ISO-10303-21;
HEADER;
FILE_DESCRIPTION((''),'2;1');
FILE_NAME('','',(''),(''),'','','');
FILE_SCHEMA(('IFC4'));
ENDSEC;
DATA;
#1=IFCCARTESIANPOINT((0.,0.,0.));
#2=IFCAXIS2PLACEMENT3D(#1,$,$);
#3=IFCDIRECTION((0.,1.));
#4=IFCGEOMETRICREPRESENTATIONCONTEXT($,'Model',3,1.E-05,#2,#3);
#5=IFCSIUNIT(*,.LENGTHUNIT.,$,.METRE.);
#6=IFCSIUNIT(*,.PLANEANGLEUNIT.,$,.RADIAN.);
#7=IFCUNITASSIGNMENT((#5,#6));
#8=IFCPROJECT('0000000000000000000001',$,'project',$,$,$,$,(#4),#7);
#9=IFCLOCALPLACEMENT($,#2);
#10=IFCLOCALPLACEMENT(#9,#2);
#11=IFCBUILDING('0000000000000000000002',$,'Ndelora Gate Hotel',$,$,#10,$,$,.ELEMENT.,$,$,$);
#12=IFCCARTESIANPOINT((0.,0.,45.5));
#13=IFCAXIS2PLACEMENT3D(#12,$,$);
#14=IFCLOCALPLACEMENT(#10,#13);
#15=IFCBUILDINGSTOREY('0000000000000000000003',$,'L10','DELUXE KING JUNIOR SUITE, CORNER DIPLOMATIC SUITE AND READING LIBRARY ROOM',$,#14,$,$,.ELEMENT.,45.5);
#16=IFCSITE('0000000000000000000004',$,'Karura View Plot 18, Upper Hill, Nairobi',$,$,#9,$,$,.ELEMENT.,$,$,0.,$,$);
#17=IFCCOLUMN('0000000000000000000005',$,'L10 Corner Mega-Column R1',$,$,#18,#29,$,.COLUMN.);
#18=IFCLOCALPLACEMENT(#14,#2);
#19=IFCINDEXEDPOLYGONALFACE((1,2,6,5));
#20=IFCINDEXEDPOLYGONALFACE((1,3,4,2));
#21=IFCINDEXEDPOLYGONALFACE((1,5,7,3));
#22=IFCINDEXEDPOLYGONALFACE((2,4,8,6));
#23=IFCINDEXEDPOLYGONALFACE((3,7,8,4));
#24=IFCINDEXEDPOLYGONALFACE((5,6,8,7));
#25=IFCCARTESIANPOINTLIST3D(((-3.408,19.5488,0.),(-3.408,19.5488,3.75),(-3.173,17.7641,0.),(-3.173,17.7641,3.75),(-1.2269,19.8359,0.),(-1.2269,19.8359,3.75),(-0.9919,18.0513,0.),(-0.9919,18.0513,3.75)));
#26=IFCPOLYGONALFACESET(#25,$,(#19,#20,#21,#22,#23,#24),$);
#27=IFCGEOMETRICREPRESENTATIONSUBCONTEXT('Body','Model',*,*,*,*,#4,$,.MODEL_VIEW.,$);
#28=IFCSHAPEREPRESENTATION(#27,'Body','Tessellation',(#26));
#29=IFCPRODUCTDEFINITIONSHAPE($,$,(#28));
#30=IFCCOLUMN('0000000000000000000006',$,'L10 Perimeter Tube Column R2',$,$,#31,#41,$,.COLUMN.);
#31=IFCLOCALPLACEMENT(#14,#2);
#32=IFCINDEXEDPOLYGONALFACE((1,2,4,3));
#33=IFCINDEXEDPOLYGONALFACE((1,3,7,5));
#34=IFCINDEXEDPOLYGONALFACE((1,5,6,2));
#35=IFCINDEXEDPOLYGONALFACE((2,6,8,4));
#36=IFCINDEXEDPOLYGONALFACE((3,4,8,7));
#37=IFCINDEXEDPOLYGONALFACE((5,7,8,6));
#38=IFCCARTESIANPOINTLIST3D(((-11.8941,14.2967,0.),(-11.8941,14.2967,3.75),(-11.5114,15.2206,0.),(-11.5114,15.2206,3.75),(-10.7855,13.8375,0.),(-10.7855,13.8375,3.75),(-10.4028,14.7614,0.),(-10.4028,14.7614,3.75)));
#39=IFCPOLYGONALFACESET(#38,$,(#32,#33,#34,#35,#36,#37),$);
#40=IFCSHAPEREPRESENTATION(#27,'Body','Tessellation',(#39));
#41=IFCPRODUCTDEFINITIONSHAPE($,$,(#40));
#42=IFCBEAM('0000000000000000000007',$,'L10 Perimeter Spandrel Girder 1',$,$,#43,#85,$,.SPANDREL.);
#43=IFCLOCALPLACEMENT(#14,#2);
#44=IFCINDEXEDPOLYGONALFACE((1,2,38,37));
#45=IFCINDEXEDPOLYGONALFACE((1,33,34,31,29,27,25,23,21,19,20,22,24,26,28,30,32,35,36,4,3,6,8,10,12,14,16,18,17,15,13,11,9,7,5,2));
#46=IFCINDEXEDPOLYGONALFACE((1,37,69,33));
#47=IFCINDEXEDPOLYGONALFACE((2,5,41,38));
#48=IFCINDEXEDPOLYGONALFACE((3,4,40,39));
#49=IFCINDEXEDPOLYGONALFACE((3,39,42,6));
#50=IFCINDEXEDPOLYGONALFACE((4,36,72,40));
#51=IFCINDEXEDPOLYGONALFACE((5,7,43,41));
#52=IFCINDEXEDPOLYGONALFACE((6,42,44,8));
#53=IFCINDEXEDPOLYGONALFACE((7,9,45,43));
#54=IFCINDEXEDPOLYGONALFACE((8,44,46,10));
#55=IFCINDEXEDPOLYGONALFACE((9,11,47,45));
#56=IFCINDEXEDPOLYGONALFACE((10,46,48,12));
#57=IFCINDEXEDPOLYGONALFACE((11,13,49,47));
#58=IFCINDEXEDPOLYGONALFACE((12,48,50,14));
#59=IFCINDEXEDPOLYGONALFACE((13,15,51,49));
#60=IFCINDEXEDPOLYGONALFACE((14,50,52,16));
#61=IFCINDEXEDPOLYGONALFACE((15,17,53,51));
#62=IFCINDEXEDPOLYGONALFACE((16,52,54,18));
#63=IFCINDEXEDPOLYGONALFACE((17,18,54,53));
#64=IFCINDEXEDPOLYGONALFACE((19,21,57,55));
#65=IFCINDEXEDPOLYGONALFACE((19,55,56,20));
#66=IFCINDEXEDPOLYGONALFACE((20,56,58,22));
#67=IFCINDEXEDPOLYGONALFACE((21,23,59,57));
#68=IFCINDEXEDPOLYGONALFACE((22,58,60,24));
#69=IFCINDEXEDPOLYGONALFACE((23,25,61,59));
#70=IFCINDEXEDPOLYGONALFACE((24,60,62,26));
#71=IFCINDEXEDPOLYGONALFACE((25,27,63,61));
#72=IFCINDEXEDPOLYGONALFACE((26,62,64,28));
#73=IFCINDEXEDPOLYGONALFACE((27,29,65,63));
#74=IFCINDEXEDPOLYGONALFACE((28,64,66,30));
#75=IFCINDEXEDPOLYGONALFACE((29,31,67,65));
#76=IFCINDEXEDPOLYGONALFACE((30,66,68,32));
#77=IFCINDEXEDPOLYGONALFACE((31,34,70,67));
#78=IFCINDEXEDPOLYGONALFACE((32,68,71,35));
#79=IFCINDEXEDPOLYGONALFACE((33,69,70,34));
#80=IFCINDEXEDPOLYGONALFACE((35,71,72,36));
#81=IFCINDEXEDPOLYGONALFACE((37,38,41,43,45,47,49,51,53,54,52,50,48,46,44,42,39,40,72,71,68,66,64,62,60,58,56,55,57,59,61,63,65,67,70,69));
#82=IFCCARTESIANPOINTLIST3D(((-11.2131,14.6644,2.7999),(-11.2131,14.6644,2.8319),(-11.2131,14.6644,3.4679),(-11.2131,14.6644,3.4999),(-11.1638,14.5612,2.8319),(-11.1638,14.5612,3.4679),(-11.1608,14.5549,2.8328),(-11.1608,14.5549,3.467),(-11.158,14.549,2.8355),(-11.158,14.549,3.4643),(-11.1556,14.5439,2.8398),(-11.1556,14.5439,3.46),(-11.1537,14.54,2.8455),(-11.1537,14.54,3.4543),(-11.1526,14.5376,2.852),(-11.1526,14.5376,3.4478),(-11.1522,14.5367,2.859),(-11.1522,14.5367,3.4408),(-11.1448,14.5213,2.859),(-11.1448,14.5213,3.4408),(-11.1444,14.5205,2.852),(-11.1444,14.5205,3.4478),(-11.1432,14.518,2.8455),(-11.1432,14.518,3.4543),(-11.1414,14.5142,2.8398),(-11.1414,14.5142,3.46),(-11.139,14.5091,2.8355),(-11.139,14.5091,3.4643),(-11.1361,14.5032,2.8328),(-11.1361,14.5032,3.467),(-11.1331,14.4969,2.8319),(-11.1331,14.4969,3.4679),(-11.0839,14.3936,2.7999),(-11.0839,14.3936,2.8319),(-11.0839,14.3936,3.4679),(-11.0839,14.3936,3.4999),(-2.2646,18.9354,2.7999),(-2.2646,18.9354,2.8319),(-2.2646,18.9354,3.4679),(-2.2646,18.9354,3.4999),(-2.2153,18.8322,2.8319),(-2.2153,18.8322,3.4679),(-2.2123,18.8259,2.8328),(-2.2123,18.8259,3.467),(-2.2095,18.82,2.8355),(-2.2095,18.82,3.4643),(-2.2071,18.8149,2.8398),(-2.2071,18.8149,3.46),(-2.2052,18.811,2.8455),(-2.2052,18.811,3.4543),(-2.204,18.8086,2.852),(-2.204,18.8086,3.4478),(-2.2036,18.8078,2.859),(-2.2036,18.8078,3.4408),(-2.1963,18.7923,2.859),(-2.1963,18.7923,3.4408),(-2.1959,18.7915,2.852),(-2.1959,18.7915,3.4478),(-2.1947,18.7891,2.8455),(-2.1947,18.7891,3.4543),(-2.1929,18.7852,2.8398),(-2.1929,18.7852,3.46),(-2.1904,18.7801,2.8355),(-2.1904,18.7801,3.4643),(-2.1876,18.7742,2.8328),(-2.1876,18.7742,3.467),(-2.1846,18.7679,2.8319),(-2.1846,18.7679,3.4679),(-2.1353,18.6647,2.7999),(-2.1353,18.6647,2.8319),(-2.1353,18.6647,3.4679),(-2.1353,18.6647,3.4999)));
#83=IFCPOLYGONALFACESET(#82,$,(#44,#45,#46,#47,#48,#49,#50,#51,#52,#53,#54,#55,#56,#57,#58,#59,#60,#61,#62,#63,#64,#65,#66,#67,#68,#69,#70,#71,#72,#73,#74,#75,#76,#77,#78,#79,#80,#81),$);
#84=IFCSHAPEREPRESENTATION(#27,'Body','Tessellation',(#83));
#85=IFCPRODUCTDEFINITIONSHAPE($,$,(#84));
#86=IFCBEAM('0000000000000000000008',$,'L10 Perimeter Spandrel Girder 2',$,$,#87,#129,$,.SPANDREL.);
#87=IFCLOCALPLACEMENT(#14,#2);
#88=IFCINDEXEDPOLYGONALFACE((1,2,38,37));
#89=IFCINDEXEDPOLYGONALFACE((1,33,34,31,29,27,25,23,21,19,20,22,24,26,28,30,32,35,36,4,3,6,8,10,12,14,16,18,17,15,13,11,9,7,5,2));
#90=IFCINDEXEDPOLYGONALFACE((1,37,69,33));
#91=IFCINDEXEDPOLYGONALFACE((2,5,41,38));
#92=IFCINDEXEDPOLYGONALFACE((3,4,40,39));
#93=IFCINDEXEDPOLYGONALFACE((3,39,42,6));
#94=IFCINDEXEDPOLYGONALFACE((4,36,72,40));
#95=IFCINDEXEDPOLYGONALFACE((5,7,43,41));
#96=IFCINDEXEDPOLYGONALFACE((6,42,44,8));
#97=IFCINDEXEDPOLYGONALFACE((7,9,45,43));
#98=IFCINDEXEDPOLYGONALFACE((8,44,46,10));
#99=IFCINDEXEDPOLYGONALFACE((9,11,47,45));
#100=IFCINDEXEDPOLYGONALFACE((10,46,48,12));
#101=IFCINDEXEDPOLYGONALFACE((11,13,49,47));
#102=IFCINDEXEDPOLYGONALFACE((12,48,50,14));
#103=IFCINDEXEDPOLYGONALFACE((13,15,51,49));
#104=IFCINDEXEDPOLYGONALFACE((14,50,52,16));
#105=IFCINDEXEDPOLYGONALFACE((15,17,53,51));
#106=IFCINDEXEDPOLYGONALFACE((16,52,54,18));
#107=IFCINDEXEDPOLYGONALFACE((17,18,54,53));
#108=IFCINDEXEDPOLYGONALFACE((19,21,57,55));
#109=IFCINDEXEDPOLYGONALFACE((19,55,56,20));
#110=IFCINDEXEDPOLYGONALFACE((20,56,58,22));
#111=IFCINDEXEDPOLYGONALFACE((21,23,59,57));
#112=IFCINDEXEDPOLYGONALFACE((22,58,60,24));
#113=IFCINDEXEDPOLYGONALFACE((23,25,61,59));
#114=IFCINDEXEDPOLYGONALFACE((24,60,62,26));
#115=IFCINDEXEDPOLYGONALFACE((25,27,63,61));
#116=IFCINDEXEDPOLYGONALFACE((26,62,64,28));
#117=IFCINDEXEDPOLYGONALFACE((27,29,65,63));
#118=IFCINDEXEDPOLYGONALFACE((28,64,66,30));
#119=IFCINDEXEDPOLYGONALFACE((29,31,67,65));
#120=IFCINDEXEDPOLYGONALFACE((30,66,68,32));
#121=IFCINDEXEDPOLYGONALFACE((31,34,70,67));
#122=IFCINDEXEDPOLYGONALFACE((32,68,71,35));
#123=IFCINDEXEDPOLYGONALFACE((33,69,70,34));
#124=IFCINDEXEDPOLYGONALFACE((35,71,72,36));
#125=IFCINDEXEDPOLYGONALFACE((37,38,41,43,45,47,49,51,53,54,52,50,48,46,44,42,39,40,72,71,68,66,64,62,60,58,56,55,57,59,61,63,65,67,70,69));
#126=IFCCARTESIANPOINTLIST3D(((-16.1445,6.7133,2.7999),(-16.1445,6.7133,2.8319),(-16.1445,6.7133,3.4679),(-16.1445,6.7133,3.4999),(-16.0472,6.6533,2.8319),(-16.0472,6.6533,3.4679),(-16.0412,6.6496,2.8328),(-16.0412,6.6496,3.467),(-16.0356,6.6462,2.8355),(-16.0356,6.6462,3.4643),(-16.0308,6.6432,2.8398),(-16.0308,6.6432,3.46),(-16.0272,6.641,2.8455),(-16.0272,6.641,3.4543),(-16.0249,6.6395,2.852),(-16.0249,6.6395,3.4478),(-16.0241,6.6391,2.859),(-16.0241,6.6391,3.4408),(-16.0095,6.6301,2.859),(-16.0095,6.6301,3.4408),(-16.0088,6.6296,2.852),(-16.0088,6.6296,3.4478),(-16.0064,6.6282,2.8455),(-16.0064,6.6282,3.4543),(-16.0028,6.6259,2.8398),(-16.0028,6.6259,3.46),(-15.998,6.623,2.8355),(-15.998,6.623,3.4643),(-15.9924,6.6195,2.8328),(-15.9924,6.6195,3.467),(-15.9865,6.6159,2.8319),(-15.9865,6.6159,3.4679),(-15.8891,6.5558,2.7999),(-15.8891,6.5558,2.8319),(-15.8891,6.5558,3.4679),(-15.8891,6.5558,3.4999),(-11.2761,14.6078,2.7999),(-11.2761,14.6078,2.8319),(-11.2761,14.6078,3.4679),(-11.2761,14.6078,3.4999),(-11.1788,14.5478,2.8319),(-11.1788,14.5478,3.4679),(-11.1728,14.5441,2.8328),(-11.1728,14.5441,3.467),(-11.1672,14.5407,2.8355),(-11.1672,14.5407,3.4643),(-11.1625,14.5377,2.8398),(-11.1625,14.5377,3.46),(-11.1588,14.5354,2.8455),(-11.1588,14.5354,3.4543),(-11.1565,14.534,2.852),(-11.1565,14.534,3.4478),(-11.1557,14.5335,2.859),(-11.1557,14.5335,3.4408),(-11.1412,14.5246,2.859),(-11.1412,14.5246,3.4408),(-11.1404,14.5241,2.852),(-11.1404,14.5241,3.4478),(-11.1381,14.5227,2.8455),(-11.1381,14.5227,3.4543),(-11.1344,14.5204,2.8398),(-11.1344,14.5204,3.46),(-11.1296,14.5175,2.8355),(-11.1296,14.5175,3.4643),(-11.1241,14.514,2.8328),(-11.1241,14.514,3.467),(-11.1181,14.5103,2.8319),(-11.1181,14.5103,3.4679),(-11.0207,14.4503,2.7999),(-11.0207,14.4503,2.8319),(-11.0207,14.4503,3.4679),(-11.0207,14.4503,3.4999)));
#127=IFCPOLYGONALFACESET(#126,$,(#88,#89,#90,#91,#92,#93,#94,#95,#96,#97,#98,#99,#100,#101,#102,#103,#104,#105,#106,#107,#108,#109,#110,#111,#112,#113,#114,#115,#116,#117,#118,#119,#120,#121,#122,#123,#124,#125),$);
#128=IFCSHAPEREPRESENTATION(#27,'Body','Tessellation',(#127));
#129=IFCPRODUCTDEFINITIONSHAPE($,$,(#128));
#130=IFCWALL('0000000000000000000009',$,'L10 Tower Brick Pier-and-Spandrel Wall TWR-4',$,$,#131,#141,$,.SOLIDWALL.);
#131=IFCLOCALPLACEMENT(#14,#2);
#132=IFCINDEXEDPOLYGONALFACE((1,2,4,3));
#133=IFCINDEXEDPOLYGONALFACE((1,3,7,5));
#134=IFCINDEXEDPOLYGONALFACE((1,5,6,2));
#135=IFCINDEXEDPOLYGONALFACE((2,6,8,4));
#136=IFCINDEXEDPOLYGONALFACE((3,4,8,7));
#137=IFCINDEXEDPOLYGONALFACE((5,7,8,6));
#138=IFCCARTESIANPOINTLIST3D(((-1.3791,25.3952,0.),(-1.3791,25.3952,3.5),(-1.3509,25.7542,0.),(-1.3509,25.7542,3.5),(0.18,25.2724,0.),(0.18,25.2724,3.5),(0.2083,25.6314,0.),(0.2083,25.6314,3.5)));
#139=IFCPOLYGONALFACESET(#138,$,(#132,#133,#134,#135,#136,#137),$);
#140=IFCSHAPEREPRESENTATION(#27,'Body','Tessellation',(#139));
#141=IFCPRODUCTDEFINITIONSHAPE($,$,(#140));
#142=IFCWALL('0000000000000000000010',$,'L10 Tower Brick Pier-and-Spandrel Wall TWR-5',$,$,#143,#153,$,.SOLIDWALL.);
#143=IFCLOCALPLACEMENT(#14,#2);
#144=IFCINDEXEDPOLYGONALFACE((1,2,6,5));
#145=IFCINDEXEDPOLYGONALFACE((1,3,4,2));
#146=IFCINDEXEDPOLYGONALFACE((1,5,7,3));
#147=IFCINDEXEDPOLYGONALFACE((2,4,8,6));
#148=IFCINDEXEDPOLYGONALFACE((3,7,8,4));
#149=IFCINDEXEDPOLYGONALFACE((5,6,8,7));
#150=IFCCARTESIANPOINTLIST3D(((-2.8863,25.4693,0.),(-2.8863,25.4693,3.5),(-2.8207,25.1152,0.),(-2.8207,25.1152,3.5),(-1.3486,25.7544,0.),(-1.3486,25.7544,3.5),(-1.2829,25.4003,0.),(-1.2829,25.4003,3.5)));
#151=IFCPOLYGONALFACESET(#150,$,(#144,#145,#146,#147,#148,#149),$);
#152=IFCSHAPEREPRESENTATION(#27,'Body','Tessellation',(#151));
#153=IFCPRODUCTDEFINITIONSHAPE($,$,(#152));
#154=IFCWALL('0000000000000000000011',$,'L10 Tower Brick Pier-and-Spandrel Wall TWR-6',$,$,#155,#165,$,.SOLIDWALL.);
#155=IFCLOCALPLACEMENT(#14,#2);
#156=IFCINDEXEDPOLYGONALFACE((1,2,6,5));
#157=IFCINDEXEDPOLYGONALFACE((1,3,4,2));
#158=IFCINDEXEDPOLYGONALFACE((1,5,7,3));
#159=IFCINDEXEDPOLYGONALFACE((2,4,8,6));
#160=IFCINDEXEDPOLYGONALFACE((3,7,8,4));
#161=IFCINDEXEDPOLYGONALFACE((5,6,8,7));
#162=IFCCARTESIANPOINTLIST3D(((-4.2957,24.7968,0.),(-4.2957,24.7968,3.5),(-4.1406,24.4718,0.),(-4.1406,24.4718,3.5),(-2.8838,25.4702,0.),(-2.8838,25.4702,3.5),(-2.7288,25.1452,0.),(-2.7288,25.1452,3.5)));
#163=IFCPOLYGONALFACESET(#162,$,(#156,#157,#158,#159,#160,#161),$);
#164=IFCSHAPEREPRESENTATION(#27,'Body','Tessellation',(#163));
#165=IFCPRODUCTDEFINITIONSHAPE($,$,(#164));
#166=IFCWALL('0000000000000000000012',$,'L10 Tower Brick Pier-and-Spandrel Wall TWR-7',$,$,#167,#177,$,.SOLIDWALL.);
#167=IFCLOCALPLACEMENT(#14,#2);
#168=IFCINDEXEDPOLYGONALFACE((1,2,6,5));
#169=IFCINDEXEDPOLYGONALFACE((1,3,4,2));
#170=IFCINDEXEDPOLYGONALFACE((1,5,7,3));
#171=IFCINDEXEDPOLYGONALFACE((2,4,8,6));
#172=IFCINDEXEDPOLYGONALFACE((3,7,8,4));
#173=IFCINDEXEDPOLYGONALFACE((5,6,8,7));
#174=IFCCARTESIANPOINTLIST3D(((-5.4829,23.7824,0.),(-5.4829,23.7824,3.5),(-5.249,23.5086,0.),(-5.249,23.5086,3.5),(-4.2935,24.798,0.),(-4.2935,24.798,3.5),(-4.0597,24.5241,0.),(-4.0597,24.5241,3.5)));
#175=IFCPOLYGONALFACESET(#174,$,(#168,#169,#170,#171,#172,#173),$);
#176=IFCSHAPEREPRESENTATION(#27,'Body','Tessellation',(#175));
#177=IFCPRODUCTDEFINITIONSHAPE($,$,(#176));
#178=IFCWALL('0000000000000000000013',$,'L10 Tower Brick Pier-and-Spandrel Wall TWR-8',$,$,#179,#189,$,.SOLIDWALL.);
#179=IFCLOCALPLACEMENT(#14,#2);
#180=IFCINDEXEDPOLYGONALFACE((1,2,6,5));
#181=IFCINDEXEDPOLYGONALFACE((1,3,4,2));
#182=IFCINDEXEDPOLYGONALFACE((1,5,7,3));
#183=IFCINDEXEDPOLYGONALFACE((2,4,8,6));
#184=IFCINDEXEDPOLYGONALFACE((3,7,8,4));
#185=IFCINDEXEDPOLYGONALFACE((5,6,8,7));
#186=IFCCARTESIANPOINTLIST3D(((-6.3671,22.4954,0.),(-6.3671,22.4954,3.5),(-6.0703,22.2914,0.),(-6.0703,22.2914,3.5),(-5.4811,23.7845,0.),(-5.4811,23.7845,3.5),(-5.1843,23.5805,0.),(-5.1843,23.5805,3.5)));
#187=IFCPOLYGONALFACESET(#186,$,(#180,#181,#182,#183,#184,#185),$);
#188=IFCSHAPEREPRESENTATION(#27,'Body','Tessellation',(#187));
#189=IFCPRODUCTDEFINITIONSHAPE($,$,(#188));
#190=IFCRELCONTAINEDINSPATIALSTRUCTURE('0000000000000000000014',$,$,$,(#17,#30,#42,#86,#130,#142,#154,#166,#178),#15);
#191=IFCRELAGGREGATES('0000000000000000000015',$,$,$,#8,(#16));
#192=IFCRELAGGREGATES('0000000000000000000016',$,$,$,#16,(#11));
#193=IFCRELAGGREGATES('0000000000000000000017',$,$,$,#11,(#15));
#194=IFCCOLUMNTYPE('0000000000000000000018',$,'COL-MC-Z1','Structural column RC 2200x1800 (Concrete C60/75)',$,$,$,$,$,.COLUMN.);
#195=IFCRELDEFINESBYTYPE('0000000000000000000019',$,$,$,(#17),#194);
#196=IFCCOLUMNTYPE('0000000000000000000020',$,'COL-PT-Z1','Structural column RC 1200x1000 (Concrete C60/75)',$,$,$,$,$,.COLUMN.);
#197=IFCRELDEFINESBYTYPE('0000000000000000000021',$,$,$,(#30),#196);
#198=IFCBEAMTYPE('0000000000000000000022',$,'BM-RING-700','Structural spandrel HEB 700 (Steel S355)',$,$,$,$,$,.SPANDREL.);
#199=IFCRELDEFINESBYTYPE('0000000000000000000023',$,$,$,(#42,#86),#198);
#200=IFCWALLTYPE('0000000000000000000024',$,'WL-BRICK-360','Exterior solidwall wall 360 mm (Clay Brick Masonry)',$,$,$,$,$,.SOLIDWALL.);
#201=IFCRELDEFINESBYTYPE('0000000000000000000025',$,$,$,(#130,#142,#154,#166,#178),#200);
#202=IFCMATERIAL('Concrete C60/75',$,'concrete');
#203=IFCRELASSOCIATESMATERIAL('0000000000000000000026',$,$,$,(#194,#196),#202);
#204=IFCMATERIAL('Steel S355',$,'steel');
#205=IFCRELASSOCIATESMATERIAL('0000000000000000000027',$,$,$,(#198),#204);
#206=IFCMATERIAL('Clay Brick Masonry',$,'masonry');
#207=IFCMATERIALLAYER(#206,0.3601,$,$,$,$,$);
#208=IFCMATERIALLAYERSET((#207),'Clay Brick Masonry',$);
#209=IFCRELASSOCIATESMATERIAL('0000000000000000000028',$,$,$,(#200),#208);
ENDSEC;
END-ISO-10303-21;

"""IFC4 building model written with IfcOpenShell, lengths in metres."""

from ifc_helpers import new_model, si_unit, direction, frame, frame_2d, origin, origin_2d, place, context, subcontext, project, spatial, rectangle, i_section, extrude, material, layer, layer_set, material_profile, profile_set, type_object, element, save


model = new_model("IFC4")

# Units and contexts
model_context = context("Model", 3, precision=1e-05, world=origin(), true_north=direction((0.0, 1.0)))
body_context = subcontext(model_context, "Body", "Model", "MODEL_VIEW")
ifc_project = project(units=[si_unit("LENGTHUNIT", "METRE"), si_unit("PLANEANGLEUNIT", "RADIAN")], contexts=[model_context])

# Site, building, storey
site_placement = place(None, origin())
site = spatial("IfcSite", under=ifc_project, at=site_placement, Name="Karura View Plot 18, Upper Hill, Nairobi", CompositionType="ELEMENT", RefElevation=0.0)
building_placement = place(site_placement, origin())
building = spatial("IfcBuilding", under=site, at=building_placement, Name="Ndelora Gate Hotel", CompositionType="ELEMENT")
storey_placement = place(building_placement, frame((0.0, 0.0, 45.5)))
storey = spatial("IfcBuildingStorey", under=building, at=storey_placement, Name="L10", Description="DELUXE KING JUNIOR SUITE, CORNER DIPLOMATIC SUITE AND READING LIBRARY ROOM", CompositionType="ELEMENT", Elevation=45.5)

# Columns
ifc_material_1 = material(Name="Concrete C60/75", Category="concrete")
ifc_material_profile_1 = material_profile(ifc_material_1, rectangle(XDim=1.8, YDim=2.2, at=origin_2d()), Name="RC 2200x1800")
ifc_profile_set_1 = profile_set([ifc_material_profile_1], Name="Concrete C60/75")
column_type_1 = type_object("IfcColumnType", Name="COL-MC-Z1", Description="Structural column RC 2200x1800 (Concrete C60/75)", PredefinedType="COLUMN", material=ifc_profile_set_1)
column_1_placement = place(storey_placement, frame((-2.2, 18.8, 0.0), z_axis=(0.0, 0.0, 1.0), x_axis=(-0.130526, 0.991445, 0.0)))
element("IfcColumn", 1, at=column_1_placement, inside=storey, type_object=column_type_1, Name="L10 Corner Mega-Column R1", PredefinedType="COLUMN", context=body_context, shape_type="SweptSolid", body=[
    extrude(rectangle(XDim=1.8, YDim=2.2, at=origin_2d()), origin(), (0.0, 0.0, 1.0), 3.75),
])
ifc_material_profile_2 = material_profile(ifc_material_1, rectangle(XDim=1.0, YDim=1.2, at=origin_2d()), Name="RC 1200x1000")
ifc_profile_set_2 = profile_set([ifc_material_profile_2], Name="Concrete C60/75")
column_type_2 = type_object("IfcColumnType", Name="COL-PT-Z1", Description="Structural column RC 1200x1000 (Concrete C60/75)", PredefinedType="COLUMN", material=ifc_profile_set_2)
column_2_placement = place(storey_placement, frame((-11.1484, 14.5291, 0.0), z_axis=(0.0, 0.0, 1.0), x_axis=(0.382683, 0.92388, 0.0)))
element("IfcColumn", 2, at=column_2_placement, inside=storey, type_object=column_type_2, Name="L10 Perimeter Tube Column R2", PredefinedType="COLUMN", context=body_context, shape_type="SweptSolid", body=[
    extrude(rectangle(XDim=1.0, YDim=1.2, at=origin_2d()), origin(), (0.0, 0.0, 1.0), 3.75),
])

# Beams
ifc_material_2 = material(Name="Steel S355", Category="steel")
ifc_material_profile_3 = material_profile(ifc_material_2, i_section(OverallWidth=0.3, OverallDepth=0.7, WebThickness=0.0171, FlangeThickness=0.032, FilletRadius=0.0271, at=origin_2d()), Name="HEB 700")
ifc_profile_set_3 = profile_set([ifc_material_profile_3], Name="Steel S355")
beam_type = type_object("IfcBeamType", Name="BM-RING-700", Description="Structural spandrel HEB 700 (Steel S355)", PredefinedType="SPANDREL", material=ifc_profile_set_3)
beam_1_placement = place(storey_placement, frame((-2.2, 18.8, 3.1499), z_axis=(-0.902476, -0.43074, 0.0), x_axis=(0.43074, -0.902476, 0.0)))
element("IfcBeam", 3, at=beam_1_placement, inside=storey, type_object=beam_type, Name="L10 Perimeter Spandrel Girder 1", PredefinedType="SPANDREL", context=body_context, shape_type="SweptSolid", body=[
    extrude(i_section(OverallWidth=0.3, OverallDepth=0.7, WebThickness=0.0171, FlangeThickness=0.032, FilletRadius=0.0271, at=origin_2d()), origin(), (0.0, 0.0, 1.0), 9.9155),
])
beam_2_placement = place(storey_placement, frame((-11.1484, 14.5291, 3.1499), z_axis=(-0.524898, -0.851165, 0.0), x_axis=(0.851165, -0.524898, 0.0)))
element("IfcBeam", 4, at=beam_2_placement, inside=storey, type_object=beam_type, Name="L10 Perimeter Spandrel Girder 2", PredefinedType="SPANDREL", context=body_context, shape_type="SweptSolid", body=[
    extrude(i_section(OverallWidth=0.3, OverallDepth=0.7, WebThickness=0.0171, FlangeThickness=0.032, FilletRadius=0.0271, at=origin_2d()), origin(), (0.0, 0.0, 1.0), 9.2749),
])

# Walls
ifc_material_3 = material(Name="Clay Brick Masonry", Category="masonry")
ifc_layer_1 = layer(ifc_material_3, 0.3601)
ifc_layer_set_1 = layer_set([ifc_layer_1], Name="Clay Brick Masonry")
wall_type_1 = type_object("IfcWallType", Name="WL-BRICK-360", Description="Exterior solidwall wall 360 mm (Clay Brick Masonry)", PredefinedType="SOLIDWALL", material=ifc_layer_set_1)
for number, where, z_axis, x_axis, name in (
    (5, (-1.365, 25.5747, 0.0), (0.0, 0.0, 1.0), (0.996912, -0.078523, 0.0), "L10 Tower Brick Pier-and-Spandrel Wall TWR-4"),
    (6, (-2.8535, 25.2922, 0.0), (0.0, 0.0, 1.0), (0.98324, 0.182318, 0.0), "L10 Tower Brick Pier-and-Spandrel Wall TWR-5"),
):
    element("IfcWall", number, at=place(storey_placement, frame(where, z_axis=z_axis, x_axis=x_axis)), inside=storey, type_object=wall_type_1, Name=name, PredefinedType="SOLIDWALL", context=body_context, shape_type="SweptSolid", body=[
        extrude(rectangle(XDim=1.564, YDim=0.3601, at=frame_2d((0.782, 0.0))), origin(), (0.0, 0.0, 1.0), 3.5),
    ])
wall_1_placement = place(storey_placement, frame((-4.2183, 24.6343, 0.0), z_axis=(0.0, 0.0, 1.0), x_axis=(0.902606, 0.430467, 0.0)))
element("IfcWall", 7, at=wall_1_placement, inside=storey, type_object=wall_type_1, Name="L10 Tower Brick Pier-and-Spandrel Wall TWR-6", PredefinedType="SOLIDWALL", context=body_context, shape_type="SweptSolid", body=[
    extrude(rectangle(XDim=1.5642, YDim=0.3601, at=frame_2d((0.7822, 0.0))), origin(), (0.0, 0.0, 1.0), 3.5),
])
wall_2_placement = place(storey_placement, frame((-5.366, 23.6455, 0.0), z_axis=(0.0, 0.0, 1.0), x_axis=(0.760489, 0.64935, 0.0)))
element("IfcWall", 8, at=wall_2_placement, inside=storey, type_object=wall_type_1, Name="L10 Tower Brick Pier-and-Spandrel Wall TWR-7", PredefinedType="SOLIDWALL", context=body_context, shape_type="SweptSolid", body=[
    extrude(rectangle(XDim=1.564, YDim=0.3601, at=frame_2d((0.782, 0.0))), origin(), (0.0, 0.0, 1.0), 3.5),
])
wall_3_placement = place(storey_placement, frame((-6.2188, 22.3933, 0.0), z_axis=(0.0, 0.0, 1.0), x_axis=(0.566423, 0.824115, 0.0)))
element("IfcWall", 9, at=wall_3_placement, inside=storey, type_object=wall_type_1, Name="L10 Tower Brick Pier-and-Spandrel Wall TWR-8", PredefinedType="SOLIDWALL", context=body_context, shape_type="SweptSolid", body=[
    extrude(rectangle(XDim=1.5642, YDim=0.3601, at=frame_2d((0.7822, 0.0))), origin(), (0.0, 0.0, 1.0), 3.5),
])

save(model, "model.ifc")
